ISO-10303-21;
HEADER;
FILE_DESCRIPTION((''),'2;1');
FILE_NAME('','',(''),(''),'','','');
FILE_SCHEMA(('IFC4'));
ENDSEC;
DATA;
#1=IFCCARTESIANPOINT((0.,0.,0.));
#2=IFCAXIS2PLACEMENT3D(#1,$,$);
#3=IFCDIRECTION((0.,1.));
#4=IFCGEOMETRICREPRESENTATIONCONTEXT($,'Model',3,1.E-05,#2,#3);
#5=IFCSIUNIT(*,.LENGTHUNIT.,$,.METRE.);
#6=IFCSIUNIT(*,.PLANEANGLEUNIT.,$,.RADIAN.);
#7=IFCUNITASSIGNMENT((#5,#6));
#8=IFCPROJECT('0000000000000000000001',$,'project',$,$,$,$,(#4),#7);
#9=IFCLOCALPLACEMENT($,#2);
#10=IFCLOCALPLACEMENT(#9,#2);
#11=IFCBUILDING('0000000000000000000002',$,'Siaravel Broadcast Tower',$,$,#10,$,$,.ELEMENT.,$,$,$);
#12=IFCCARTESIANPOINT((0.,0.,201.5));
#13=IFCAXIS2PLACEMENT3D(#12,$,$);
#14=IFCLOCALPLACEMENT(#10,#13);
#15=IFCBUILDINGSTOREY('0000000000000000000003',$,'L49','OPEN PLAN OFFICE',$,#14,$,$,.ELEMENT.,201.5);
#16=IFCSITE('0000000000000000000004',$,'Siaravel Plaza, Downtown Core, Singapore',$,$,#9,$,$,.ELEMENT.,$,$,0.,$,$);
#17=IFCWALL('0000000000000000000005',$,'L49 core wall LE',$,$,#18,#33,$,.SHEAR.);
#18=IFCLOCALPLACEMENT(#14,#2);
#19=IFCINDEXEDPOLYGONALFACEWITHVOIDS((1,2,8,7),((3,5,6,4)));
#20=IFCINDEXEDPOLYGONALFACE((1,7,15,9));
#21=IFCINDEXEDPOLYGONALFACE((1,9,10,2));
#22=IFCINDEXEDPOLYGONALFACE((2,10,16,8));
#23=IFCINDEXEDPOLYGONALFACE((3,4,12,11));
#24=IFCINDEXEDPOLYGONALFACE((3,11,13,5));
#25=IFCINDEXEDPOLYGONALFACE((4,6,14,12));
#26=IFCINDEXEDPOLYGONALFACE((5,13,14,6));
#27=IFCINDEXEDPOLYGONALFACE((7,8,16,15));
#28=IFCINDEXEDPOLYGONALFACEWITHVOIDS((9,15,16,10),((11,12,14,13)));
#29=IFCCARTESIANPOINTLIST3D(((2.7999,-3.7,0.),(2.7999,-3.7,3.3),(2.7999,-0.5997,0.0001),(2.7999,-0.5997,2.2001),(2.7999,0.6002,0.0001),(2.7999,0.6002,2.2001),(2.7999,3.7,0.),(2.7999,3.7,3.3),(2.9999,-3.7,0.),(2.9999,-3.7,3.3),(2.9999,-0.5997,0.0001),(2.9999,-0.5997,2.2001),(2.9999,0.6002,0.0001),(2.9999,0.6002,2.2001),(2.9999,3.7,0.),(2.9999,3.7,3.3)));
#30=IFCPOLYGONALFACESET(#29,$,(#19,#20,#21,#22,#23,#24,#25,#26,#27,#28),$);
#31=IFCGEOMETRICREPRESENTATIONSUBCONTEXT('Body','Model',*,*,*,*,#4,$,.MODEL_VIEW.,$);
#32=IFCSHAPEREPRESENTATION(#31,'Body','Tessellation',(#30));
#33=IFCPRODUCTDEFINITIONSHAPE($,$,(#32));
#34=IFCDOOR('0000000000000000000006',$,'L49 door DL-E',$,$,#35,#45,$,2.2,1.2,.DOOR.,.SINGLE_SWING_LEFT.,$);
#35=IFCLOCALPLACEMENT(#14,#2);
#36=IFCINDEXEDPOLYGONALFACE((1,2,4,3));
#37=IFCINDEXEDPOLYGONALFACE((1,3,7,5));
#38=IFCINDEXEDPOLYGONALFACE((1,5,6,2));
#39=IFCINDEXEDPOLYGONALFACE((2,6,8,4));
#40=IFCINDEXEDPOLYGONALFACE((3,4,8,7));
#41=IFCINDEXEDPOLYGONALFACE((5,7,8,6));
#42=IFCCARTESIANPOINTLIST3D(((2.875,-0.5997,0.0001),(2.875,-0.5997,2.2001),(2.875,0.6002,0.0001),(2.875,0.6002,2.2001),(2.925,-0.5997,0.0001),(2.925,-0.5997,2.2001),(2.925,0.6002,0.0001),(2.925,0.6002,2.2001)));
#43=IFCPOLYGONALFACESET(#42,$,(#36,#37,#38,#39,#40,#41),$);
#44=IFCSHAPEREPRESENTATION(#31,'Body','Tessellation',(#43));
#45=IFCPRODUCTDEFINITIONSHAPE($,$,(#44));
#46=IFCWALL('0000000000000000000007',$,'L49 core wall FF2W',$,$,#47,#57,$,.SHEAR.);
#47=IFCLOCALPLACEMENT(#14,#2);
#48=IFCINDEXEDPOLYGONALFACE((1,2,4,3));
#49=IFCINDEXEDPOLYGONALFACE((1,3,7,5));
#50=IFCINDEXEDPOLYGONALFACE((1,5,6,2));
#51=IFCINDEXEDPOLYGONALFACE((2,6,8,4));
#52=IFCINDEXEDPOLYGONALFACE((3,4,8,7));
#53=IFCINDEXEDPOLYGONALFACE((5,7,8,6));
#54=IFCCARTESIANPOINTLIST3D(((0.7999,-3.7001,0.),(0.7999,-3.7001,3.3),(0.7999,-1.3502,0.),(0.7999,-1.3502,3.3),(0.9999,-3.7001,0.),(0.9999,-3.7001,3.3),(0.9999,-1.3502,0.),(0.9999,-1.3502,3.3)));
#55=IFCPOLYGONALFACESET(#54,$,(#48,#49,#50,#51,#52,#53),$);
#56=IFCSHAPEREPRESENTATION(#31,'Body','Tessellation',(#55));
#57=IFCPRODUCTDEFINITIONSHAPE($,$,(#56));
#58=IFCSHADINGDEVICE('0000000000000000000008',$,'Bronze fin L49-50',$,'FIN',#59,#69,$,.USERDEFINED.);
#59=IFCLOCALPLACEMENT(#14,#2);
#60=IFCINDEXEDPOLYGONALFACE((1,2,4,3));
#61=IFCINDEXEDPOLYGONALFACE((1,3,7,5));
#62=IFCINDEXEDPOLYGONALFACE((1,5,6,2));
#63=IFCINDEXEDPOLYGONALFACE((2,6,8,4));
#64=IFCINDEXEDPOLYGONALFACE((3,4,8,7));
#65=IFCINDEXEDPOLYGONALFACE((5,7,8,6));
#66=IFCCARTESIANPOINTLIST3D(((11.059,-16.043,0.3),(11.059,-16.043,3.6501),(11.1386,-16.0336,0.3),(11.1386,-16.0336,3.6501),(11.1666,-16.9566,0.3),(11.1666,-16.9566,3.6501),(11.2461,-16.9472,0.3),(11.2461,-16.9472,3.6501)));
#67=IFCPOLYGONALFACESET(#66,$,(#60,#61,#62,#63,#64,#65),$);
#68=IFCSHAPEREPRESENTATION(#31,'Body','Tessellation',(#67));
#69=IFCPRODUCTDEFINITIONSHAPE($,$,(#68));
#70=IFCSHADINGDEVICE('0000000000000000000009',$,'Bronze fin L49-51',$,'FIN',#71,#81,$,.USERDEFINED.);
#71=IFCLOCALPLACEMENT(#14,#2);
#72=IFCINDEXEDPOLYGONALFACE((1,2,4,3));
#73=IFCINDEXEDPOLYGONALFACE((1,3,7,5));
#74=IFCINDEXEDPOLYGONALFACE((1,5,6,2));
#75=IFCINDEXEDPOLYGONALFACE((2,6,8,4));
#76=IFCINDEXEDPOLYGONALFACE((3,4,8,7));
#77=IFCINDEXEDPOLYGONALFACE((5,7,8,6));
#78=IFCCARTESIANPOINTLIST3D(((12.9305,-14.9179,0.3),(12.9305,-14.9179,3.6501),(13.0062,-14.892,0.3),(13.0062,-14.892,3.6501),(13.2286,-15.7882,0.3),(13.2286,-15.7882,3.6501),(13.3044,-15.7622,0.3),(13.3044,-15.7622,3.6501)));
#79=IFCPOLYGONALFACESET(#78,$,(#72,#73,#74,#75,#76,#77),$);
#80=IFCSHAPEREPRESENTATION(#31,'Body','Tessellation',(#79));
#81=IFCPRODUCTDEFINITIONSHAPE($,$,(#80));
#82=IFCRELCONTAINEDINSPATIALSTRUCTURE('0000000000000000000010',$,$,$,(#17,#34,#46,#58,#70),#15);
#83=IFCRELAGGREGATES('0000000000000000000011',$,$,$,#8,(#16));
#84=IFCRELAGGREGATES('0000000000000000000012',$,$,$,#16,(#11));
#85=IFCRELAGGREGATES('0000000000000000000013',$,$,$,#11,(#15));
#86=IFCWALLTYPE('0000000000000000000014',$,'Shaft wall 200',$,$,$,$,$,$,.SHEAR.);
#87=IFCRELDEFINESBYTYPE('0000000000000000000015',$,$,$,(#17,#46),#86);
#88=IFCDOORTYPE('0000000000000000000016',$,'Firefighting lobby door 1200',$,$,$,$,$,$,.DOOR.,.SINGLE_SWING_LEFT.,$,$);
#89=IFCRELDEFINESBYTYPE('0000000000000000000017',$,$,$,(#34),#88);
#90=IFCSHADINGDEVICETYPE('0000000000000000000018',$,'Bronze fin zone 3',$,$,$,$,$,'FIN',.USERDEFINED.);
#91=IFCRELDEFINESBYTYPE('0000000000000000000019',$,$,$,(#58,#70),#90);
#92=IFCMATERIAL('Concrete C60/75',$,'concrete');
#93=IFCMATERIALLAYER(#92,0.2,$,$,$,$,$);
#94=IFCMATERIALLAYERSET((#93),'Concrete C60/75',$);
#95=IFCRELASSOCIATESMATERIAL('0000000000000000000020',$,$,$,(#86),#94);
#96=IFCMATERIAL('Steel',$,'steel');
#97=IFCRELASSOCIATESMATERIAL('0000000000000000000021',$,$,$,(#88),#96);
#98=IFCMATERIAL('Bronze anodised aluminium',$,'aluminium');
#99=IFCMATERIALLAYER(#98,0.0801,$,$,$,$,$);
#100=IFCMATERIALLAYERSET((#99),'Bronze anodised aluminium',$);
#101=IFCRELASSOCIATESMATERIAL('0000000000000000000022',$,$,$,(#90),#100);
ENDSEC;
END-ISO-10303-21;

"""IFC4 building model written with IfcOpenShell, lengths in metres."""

from ifc_helpers import new_model, si_unit, direction, frame, frame_2d, origin, origin_2d, place, context, subcontext, project, spatial, rectangle, extrude, material, layer, layer_set, type_object, element, fill, save


model = new_model("IFC4")

# Units and contexts
model_context = context("Model", 3, precision=1e-05, world=origin(), true_north=direction((0.0, 1.0)))
body_context = subcontext(model_context, "Body", "Model", "MODEL_VIEW")
ifc_project = project(units=[si_unit("LENGTHUNIT", "METRE"), si_unit("PLANEANGLEUNIT", "RADIAN")], contexts=[model_context])

# Site, building, storey
site_placement = place(None, origin())
site = spatial("IfcSite", under=ifc_project, at=site_placement, Name="Siaravel Plaza, Downtown Core, Singapore", CompositionType="ELEMENT", RefElevation=0.0)
building_placement = place(site_placement, origin())
building = spatial("IfcBuilding", under=site, at=building_placement, Name="Siaravel Broadcast Tower", CompositionType="ELEMENT")
storey_placement = place(building_placement, frame((0.0, 0.0, 201.5)))
storey = spatial("IfcBuildingStorey", under=building, at=storey_placement, Name="L49", Description="OPEN PLAN OFFICE", CompositionType="ELEMENT", Elevation=201.5)

# Shared definitions
ifc_material_1 = material(Name="Concrete C60/75", Category="concrete")

# Shared definitions
ifc_material_2 = material(Name="Steel", Category="steel")

# Shared definitions
ifc_layer_1 = layer(ifc_material_1, 0.2)
ifc_layer_set_1 = layer_set([ifc_layer_1], Name="Concrete C60/75")
wall_type_1 = type_object("IfcWallType", Name="Shaft wall 200", PredefinedType="SHEAR", material=ifc_layer_set_1)

# Wall, opening, door
wall_1_placement = place(storey_placement, frame((2.8999, -3.7, 0.0), z_axis=(0.0, 0.0, 1.0), x_axis=(0.0, 1.0, 0.0)))
wall_1 = element("IfcWall", 1, at=wall_1_placement, inside=storey, type_object=wall_type_1, Name="L49 core wall LE", PredefinedType="SHEAR", context=body_context, shape_type="SweptSolid", body=[
    extrude(rectangle(XDim=7.3999, YDim=0.2, at=frame_2d((3.7, 0.0))), origin(), (0.0, 0.0, 1.0), 3.3),
])
opening_1_placement = place(wall_1_placement, frame((3.1001, 0.0, 0.0)))
opening_1 = element("IfcOpeningElement", 2, at=opening_1_placement, cuts=wall_1, PredefinedType="OPENING", context=body_context, shape_type="SweptSolid", body=[
    extrude(rectangle(XDim=1.2, YDim=2.2, at=frame_2d((0.6001, 1.1001))), frame((0.0, 0.1099, 0.0), z_axis=(0.0, -1.0, 0.0), x_axis=(1.0, 0.0, 0.0)), (0.0, 0.0, 1.0), 0.22),
])
door_type_1 = type_object("IfcDoorType", Name="Firefighting lobby door 1200", OperationType="SINGLE_SWING_LEFT", PredefinedType="DOOR", material=ifc_material_2)
door_1_placement = place(opening_1_placement, origin())
door_1 = element("IfcDoor", 3, at=door_1_placement, inside=storey, type_object=door_type_1, Name="L49 door DL-E", OperationType="SINGLE_SWING_LEFT", OverallHeight=2.2, OverallWidth=1.2, PredefinedType="DOOR", context=body_context, shape_type="SweptSolid", body=[
    extrude(rectangle(XDim=1.2, YDim=2.2, at=frame_2d((0.6001, 1.1001))), frame((0.0, 0.0249, 0.0), z_axis=(0.0, -1.0, 0.0), x_axis=(1.0, 0.0, 0.0)), (0.0, 0.0, 1.0), 0.05),
])
fill(opening_1, door_1)

# Wall
wall_2_placement = place(storey_placement, frame((0.8999, -3.7, 0.0), z_axis=(0.0, 0.0, 1.0), x_axis=(0.0, 1.0, 0.0)))
element("IfcWall", 4, at=wall_2_placement, inside=storey, type_object=wall_type_1, Name="L49 core wall FF2W", PredefinedType="SHEAR", context=body_context, shape_type="SweptSolid", body=[
    extrude(rectangle(XDim=2.3499, YDim=0.2, at=frame_2d((1.1748, 0.0))), origin(), (0.0, 0.0, 1.0), 3.3),
])

# Shading devices
ifc_material_3 = material(Name="Bronze anodised aluminium", Category="aluminium")
ifc_layer_2 = layer(ifc_material_3, 0.0801)
ifc_layer_set_2 = layer_set([ifc_layer_2], Name="Bronze anodised aluminium")
shading_device_type = type_object("IfcShadingDeviceType", Name="Bronze fin zone 3", ElementType="FIN", PredefinedType="USERDEFINED", material=ifc_layer_set_2)
for number, where, z_axis, x_axis, name in (
    (5, (11.1526, -16.4951, 0.3), (0.0, 0.0, 1.0), (0.116934, -0.99314, 0.0), "Bronze fin L49-50"),
    (6, (13.1174, -15.3401, 0.3), (0.0, 0.0, 1.0), (0.324116, -0.946017, 0.0), "Bronze fin L49-51"),
):
    element("IfcShadingDevice", number, at=place(storey_placement, frame(where, z_axis=z_axis, x_axis=x_axis)), inside=storey, type_object=shading_device_type, Name=name, ObjectType="FIN", PredefinedType="USERDEFINED", context=body_context, shape_type="SweptSolid", body=[
        extrude(rectangle(XDim=0.9199, YDim=0.0801, at=origin_2d()), origin(), (0.0, 0.0, 1.0), 3.3501),
    ])

save(model, "model.ifc")
